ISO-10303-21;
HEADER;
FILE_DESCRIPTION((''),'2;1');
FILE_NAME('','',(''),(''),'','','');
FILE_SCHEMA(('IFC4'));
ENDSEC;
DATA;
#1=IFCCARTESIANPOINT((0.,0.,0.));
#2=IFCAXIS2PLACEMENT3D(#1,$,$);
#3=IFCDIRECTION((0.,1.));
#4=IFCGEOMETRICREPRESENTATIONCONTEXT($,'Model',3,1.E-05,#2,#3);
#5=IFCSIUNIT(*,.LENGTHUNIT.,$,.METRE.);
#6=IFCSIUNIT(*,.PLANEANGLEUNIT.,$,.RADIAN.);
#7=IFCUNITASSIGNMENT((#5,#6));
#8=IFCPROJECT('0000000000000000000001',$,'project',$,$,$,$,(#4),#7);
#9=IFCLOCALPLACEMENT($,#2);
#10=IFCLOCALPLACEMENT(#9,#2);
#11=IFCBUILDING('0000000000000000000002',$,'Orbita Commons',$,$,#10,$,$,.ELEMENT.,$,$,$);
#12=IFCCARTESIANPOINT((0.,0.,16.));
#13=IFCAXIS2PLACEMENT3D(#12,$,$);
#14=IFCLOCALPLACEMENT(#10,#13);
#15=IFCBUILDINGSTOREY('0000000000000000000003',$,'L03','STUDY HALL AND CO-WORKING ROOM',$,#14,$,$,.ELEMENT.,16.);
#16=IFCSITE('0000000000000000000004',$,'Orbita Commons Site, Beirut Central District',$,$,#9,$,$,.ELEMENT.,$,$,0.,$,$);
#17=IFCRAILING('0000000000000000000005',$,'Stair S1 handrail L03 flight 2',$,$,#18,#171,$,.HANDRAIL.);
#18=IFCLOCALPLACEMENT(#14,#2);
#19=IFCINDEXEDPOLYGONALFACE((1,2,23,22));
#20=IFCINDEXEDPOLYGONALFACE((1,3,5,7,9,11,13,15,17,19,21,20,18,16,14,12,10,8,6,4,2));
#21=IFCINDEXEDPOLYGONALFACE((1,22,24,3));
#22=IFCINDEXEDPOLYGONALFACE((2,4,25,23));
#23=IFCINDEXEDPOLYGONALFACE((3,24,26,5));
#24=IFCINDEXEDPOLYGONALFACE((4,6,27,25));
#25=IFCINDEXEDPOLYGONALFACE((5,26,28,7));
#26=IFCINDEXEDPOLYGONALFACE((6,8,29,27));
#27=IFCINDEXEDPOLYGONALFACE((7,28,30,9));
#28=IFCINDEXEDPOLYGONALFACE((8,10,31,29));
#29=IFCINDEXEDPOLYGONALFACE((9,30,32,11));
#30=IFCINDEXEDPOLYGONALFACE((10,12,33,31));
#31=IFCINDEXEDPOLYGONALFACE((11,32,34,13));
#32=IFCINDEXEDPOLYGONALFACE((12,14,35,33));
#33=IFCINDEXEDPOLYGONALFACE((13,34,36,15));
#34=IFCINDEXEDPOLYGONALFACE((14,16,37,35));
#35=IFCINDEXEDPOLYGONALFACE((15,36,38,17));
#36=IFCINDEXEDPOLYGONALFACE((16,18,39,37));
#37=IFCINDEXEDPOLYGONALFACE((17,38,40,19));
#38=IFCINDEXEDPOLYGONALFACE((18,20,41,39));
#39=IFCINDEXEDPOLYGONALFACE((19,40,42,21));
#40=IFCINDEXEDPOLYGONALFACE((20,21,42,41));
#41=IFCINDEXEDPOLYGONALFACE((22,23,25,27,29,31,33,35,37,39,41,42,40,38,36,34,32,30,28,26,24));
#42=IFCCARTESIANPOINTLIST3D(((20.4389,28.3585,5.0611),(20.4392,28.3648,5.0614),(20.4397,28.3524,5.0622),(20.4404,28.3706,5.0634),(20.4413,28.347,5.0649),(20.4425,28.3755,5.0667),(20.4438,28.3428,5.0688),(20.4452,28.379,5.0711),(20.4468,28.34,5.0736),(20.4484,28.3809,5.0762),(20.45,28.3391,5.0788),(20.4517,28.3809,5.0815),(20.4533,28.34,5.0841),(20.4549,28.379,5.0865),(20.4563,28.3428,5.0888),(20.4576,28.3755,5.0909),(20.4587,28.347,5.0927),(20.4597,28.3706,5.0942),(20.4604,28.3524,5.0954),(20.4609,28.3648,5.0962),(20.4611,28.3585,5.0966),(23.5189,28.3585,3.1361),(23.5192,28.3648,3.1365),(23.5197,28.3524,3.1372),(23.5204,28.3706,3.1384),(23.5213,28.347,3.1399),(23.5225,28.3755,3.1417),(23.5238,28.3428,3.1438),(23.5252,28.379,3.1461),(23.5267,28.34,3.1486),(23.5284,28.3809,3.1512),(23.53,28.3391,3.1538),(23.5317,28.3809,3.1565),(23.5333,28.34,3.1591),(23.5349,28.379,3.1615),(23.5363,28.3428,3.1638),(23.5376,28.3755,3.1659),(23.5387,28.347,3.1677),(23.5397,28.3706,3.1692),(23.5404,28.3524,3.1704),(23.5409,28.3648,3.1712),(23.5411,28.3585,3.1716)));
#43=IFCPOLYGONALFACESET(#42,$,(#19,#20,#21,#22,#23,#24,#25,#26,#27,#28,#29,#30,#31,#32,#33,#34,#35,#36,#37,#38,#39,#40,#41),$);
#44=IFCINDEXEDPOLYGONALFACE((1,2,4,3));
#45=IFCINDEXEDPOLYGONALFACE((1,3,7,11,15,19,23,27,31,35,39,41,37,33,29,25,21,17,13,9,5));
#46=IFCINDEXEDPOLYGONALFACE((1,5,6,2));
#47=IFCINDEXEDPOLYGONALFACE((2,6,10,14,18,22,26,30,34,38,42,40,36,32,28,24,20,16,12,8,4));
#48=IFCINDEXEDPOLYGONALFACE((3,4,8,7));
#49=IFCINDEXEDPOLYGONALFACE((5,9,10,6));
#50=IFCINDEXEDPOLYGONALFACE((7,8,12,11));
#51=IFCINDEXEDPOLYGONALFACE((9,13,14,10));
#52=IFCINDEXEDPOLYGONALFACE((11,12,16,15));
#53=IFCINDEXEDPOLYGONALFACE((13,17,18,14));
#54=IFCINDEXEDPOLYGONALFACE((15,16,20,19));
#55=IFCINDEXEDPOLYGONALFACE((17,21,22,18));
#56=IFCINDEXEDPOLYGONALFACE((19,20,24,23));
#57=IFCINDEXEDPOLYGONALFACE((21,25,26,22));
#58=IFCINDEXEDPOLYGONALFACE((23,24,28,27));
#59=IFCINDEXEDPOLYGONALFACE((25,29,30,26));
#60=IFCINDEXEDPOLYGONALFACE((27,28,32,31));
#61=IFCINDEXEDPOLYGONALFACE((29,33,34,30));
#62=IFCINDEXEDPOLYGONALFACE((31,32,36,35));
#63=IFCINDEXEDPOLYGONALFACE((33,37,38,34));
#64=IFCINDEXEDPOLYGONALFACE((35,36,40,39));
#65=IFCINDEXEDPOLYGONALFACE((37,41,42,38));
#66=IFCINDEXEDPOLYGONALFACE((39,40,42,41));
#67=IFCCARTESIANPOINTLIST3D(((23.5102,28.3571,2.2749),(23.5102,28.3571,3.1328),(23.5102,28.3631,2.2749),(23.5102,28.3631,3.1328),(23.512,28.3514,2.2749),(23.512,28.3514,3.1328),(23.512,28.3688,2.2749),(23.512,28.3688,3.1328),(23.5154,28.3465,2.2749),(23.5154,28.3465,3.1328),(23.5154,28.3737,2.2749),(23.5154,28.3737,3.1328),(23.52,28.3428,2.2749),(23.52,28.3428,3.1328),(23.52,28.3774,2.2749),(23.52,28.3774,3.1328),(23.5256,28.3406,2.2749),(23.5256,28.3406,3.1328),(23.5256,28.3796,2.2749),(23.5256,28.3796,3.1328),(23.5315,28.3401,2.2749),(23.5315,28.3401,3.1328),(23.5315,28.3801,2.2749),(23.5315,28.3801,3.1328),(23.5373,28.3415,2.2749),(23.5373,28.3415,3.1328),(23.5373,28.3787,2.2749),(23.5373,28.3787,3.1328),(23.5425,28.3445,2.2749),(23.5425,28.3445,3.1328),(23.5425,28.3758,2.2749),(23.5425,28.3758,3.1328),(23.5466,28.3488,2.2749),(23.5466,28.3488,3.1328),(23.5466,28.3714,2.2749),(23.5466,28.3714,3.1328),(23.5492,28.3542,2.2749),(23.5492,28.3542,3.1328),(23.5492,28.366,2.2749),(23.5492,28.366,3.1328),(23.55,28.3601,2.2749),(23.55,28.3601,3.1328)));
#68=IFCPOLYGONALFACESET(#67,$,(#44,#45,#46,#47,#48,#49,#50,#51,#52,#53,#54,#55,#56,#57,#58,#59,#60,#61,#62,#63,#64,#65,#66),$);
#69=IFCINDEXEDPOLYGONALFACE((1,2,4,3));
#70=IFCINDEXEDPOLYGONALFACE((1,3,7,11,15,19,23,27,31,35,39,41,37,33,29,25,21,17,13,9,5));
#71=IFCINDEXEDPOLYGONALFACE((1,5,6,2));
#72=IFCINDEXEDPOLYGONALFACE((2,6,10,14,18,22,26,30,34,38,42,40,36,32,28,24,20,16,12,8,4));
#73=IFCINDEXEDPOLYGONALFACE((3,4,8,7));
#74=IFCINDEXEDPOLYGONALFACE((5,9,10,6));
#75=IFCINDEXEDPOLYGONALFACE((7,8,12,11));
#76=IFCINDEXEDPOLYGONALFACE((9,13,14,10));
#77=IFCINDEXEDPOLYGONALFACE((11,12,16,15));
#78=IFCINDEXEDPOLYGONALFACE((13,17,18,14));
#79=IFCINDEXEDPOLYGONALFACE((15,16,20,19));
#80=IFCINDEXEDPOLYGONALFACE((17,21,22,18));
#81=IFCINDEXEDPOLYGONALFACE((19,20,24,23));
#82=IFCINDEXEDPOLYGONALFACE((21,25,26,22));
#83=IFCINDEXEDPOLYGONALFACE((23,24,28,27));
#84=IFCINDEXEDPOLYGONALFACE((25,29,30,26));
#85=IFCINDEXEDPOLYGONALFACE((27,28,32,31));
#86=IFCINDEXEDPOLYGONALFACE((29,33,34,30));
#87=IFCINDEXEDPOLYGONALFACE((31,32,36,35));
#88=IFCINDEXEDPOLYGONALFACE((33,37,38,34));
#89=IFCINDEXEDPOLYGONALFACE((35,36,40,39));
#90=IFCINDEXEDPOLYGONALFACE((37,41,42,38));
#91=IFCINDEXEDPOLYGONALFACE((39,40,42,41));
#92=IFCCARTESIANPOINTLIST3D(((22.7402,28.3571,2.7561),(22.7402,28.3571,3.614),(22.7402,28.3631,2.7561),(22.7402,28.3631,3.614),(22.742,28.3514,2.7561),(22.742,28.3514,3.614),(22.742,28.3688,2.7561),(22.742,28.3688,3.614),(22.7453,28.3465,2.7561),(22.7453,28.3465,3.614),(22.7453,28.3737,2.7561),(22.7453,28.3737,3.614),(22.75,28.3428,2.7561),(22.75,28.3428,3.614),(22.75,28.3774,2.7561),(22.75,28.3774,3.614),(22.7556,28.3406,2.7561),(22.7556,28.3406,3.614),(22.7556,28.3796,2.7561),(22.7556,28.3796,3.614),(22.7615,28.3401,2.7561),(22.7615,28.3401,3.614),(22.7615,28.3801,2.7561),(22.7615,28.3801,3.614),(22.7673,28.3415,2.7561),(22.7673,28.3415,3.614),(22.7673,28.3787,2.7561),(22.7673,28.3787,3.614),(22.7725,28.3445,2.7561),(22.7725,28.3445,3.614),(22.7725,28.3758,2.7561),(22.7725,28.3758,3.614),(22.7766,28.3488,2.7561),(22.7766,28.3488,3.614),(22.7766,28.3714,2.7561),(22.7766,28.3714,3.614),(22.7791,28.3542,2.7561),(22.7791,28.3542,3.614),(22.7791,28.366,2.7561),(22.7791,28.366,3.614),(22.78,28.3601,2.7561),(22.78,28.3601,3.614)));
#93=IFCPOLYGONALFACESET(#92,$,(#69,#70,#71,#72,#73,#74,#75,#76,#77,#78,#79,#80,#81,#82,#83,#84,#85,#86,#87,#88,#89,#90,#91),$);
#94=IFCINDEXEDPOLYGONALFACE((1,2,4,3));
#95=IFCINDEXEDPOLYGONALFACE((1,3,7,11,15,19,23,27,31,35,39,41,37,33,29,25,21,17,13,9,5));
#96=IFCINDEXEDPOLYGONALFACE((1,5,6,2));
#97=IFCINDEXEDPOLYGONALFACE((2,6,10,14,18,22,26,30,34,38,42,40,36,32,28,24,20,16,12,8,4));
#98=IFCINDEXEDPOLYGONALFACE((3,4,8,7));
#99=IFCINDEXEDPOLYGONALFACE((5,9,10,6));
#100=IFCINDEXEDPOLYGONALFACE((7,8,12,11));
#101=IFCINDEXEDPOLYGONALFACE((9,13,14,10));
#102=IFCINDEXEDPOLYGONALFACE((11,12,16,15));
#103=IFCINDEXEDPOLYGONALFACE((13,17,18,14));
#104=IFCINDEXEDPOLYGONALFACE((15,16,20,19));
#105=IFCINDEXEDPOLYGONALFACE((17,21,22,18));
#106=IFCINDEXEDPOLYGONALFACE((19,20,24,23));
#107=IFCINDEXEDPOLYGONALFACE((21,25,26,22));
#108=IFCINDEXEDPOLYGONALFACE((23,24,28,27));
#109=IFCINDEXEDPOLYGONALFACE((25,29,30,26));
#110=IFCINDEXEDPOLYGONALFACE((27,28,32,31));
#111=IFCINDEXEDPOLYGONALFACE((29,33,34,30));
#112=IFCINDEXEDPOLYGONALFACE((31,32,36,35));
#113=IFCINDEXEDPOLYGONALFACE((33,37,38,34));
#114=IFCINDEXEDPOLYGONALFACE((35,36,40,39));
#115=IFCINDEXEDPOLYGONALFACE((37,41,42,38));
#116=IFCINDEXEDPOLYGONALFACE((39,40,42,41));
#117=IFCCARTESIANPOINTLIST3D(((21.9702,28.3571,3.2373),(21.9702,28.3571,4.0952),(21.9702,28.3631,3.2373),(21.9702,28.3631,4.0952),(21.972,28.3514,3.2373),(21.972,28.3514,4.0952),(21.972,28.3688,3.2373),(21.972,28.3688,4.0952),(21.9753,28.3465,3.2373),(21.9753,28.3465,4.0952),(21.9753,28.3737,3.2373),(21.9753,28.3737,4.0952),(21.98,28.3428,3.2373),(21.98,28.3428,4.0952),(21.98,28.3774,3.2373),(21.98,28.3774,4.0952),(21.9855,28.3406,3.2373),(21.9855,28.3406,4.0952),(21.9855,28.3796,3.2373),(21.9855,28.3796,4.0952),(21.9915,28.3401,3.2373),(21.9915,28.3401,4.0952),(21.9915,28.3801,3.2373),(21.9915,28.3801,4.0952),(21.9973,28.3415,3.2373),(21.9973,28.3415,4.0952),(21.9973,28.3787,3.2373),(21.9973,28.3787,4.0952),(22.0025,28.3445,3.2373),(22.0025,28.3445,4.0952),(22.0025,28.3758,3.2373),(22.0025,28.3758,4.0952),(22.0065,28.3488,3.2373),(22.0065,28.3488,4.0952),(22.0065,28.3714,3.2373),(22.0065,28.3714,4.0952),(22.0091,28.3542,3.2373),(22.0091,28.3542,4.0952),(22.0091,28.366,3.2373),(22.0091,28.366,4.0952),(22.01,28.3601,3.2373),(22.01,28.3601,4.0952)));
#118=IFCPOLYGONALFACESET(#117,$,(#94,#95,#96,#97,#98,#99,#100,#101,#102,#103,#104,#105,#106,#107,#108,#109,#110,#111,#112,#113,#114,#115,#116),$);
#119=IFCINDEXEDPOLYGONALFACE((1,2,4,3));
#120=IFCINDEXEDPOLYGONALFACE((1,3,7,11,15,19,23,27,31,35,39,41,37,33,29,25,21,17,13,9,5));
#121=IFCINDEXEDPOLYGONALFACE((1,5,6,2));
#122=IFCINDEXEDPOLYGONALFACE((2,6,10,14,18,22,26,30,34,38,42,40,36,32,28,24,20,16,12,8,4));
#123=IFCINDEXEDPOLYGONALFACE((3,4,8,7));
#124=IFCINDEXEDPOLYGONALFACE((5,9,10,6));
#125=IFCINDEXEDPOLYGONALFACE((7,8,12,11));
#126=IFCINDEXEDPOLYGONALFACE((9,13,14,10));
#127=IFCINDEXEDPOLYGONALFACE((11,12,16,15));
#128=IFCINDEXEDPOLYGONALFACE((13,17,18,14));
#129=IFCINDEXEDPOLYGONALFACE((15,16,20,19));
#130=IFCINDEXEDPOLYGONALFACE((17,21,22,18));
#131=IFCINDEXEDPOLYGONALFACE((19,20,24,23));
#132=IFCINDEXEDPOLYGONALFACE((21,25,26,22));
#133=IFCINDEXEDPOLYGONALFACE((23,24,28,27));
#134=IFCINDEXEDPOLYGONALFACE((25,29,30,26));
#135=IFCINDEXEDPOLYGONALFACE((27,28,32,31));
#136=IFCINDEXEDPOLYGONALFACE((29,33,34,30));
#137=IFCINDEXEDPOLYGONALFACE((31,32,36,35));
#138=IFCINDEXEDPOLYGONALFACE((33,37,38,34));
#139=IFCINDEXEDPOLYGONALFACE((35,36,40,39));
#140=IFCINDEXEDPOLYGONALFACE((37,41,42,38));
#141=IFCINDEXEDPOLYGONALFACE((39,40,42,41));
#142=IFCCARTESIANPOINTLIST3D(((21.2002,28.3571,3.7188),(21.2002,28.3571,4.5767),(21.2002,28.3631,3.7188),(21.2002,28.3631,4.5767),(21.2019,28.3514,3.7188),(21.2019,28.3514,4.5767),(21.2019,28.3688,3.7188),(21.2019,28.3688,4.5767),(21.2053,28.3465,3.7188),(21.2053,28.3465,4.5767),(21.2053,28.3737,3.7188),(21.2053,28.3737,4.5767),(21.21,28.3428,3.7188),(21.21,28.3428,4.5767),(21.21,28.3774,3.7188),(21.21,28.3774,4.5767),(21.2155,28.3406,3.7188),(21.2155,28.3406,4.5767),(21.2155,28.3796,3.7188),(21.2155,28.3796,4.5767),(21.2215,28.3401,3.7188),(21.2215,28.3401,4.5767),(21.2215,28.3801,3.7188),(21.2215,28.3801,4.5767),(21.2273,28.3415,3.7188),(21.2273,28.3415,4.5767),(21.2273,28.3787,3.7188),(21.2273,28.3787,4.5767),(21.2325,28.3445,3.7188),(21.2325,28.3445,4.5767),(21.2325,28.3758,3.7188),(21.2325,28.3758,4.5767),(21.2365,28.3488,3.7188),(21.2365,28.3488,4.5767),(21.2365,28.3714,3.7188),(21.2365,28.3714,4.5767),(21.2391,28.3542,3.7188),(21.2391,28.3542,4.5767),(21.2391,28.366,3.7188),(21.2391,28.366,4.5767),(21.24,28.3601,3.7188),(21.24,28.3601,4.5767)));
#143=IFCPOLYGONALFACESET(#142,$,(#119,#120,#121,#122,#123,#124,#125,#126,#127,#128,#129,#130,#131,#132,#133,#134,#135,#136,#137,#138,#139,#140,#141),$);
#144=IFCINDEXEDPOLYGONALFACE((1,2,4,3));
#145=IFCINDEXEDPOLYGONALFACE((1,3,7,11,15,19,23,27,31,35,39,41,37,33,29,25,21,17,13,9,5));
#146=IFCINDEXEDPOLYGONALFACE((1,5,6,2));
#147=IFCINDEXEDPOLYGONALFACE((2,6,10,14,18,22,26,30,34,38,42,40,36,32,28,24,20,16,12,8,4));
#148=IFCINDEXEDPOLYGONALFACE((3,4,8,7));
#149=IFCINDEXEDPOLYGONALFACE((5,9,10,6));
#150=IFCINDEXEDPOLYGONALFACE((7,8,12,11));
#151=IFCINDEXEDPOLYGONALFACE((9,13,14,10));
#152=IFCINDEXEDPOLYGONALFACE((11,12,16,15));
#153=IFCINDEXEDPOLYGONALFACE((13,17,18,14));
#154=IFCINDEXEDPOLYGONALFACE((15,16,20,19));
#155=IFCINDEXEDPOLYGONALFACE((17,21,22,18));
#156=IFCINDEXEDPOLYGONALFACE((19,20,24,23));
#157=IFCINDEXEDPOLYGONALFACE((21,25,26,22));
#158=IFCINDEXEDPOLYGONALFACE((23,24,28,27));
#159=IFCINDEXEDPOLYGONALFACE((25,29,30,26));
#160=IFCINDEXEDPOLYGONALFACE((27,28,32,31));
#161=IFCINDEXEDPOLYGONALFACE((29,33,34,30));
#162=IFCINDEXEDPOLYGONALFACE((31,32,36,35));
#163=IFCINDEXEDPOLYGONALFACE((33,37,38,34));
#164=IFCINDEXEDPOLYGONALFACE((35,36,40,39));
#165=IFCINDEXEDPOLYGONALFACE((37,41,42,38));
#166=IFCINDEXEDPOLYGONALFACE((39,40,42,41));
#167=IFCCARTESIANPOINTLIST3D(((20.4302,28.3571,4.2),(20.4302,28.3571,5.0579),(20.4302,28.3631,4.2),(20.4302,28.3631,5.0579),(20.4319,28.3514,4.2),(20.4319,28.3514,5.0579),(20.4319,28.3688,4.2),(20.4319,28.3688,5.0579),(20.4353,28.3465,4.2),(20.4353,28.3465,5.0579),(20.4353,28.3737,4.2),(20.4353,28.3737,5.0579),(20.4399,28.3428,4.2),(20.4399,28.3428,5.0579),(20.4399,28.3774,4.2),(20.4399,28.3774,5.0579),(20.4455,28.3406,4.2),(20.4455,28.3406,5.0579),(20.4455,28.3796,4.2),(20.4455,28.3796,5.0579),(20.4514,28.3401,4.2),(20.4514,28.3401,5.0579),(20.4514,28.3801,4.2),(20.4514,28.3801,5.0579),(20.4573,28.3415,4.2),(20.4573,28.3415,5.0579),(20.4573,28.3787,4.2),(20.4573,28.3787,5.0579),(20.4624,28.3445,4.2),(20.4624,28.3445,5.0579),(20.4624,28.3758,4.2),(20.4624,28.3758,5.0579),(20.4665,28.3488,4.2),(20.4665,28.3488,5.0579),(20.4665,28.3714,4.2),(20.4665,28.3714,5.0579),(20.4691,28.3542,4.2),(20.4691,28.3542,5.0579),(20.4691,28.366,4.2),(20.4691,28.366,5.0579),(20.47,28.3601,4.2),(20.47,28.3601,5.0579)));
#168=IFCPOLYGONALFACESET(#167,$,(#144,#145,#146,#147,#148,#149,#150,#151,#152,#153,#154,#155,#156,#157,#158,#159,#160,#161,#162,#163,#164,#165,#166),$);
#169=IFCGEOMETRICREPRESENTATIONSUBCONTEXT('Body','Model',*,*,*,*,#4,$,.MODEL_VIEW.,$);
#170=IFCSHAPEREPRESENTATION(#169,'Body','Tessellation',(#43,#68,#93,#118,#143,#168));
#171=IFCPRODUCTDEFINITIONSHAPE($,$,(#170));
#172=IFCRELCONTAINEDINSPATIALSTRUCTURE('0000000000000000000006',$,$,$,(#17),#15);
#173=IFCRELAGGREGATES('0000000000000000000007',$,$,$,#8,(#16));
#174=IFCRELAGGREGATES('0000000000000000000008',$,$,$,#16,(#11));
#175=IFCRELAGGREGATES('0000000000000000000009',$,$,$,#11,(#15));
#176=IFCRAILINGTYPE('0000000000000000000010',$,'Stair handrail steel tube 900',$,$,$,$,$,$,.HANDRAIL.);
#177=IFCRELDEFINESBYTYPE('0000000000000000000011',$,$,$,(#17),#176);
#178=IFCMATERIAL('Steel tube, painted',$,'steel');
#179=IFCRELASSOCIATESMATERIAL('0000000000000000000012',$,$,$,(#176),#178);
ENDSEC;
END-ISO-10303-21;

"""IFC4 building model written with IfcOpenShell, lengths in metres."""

from ifc_helpers import new_model, si_unit, direction, frame, origin, origin_2d, place, context, subcontext, project, spatial, circle, extrude, material, type_object, element, save


model = new_model("IFC4")

# Units and contexts
model_context = context("Model", 3, precision=1e-05, world=origin(), true_north=direction((0.0, 1.0)))
body_context = subcontext(model_context, "Body", "Model", "MODEL_VIEW")
ifc_project = project(units=[si_unit("LENGTHUNIT", "METRE"), si_unit("PLANEANGLEUNIT", "RADIAN")], contexts=[model_context])

# Site, building, storey
site_placement = place(None, origin())
site = spatial("IfcSite", under=ifc_project, at=site_placement, Name="Orbita Commons Site, Beirut Central District", CompositionType="ELEMENT", RefElevation=0.0)
building_placement = place(site_placement, origin())
building = spatial("IfcBuilding", under=site, at=building_placement, Name="Orbita Commons", CompositionType="ELEMENT")
storey_placement = place(building_placement, frame((0.0, 0.0, 16.0)))
storey = spatial("IfcBuildingStorey", under=building, at=storey_placement, Name="L03", Description="STUDY HALL AND CO-WORKING ROOM", CompositionType="ELEMENT", Elevation=16.0)

# Railing
ifc_material_1 = material(Name="Steel tube, painted", Category="steel")
railing_type = type_object("IfcRailingType", Name="Stair handrail steel tube 900", PredefinedType="HANDRAIL", material=ifc_material_1)
for number, where, name in (
    (1, (23.53, 28.3601, 2.2749), "Stair S1 handrail L03 flight 2"),
):
    element("IfcRailing", number, at=place(storey_placement, frame(where)), inside=storey, type_object=railing_type, Name=name, PredefinedType="HANDRAIL", context=body_context, shape_type="SweptSolid", body=[
        extrude(circle(Radius=0.021, at=origin_2d()), frame((0.0, 0.0, 0.8789), z_axis=(-0.847998, 0.0, 0.529999), x_axis=(0.0, -1.0, 0.0)), (0.0, 0.0, 1.0), 3.6321),
        extrude(circle(Radius=0.02, at=origin_2d()), origin(), (0.0, 0.0, 1.0), 0.8579),
        extrude(circle(Radius=0.02, at=origin_2d()), frame((-0.77, 0.0, 0.4812)), (0.0, 0.0, 1.0), 0.8579),
        extrude(circle(Radius=0.02, at=origin_2d()), frame((-1.54, 0.0, 0.9624)), (0.0, 0.0, 1.0), 0.8579),
        extrude(circle(Radius=0.02, at=origin_2d()), frame((-2.3101, 0.0, 1.4438)), (0.0, 0.0, 1.0), 0.8579),
        extrude(circle(Radius=0.02, at=origin_2d()), frame((-3.0801, 0.0, 1.925)), (0.0, 0.0, 1.0), 0.8579),
    ])

save(model, "model.ifc")
